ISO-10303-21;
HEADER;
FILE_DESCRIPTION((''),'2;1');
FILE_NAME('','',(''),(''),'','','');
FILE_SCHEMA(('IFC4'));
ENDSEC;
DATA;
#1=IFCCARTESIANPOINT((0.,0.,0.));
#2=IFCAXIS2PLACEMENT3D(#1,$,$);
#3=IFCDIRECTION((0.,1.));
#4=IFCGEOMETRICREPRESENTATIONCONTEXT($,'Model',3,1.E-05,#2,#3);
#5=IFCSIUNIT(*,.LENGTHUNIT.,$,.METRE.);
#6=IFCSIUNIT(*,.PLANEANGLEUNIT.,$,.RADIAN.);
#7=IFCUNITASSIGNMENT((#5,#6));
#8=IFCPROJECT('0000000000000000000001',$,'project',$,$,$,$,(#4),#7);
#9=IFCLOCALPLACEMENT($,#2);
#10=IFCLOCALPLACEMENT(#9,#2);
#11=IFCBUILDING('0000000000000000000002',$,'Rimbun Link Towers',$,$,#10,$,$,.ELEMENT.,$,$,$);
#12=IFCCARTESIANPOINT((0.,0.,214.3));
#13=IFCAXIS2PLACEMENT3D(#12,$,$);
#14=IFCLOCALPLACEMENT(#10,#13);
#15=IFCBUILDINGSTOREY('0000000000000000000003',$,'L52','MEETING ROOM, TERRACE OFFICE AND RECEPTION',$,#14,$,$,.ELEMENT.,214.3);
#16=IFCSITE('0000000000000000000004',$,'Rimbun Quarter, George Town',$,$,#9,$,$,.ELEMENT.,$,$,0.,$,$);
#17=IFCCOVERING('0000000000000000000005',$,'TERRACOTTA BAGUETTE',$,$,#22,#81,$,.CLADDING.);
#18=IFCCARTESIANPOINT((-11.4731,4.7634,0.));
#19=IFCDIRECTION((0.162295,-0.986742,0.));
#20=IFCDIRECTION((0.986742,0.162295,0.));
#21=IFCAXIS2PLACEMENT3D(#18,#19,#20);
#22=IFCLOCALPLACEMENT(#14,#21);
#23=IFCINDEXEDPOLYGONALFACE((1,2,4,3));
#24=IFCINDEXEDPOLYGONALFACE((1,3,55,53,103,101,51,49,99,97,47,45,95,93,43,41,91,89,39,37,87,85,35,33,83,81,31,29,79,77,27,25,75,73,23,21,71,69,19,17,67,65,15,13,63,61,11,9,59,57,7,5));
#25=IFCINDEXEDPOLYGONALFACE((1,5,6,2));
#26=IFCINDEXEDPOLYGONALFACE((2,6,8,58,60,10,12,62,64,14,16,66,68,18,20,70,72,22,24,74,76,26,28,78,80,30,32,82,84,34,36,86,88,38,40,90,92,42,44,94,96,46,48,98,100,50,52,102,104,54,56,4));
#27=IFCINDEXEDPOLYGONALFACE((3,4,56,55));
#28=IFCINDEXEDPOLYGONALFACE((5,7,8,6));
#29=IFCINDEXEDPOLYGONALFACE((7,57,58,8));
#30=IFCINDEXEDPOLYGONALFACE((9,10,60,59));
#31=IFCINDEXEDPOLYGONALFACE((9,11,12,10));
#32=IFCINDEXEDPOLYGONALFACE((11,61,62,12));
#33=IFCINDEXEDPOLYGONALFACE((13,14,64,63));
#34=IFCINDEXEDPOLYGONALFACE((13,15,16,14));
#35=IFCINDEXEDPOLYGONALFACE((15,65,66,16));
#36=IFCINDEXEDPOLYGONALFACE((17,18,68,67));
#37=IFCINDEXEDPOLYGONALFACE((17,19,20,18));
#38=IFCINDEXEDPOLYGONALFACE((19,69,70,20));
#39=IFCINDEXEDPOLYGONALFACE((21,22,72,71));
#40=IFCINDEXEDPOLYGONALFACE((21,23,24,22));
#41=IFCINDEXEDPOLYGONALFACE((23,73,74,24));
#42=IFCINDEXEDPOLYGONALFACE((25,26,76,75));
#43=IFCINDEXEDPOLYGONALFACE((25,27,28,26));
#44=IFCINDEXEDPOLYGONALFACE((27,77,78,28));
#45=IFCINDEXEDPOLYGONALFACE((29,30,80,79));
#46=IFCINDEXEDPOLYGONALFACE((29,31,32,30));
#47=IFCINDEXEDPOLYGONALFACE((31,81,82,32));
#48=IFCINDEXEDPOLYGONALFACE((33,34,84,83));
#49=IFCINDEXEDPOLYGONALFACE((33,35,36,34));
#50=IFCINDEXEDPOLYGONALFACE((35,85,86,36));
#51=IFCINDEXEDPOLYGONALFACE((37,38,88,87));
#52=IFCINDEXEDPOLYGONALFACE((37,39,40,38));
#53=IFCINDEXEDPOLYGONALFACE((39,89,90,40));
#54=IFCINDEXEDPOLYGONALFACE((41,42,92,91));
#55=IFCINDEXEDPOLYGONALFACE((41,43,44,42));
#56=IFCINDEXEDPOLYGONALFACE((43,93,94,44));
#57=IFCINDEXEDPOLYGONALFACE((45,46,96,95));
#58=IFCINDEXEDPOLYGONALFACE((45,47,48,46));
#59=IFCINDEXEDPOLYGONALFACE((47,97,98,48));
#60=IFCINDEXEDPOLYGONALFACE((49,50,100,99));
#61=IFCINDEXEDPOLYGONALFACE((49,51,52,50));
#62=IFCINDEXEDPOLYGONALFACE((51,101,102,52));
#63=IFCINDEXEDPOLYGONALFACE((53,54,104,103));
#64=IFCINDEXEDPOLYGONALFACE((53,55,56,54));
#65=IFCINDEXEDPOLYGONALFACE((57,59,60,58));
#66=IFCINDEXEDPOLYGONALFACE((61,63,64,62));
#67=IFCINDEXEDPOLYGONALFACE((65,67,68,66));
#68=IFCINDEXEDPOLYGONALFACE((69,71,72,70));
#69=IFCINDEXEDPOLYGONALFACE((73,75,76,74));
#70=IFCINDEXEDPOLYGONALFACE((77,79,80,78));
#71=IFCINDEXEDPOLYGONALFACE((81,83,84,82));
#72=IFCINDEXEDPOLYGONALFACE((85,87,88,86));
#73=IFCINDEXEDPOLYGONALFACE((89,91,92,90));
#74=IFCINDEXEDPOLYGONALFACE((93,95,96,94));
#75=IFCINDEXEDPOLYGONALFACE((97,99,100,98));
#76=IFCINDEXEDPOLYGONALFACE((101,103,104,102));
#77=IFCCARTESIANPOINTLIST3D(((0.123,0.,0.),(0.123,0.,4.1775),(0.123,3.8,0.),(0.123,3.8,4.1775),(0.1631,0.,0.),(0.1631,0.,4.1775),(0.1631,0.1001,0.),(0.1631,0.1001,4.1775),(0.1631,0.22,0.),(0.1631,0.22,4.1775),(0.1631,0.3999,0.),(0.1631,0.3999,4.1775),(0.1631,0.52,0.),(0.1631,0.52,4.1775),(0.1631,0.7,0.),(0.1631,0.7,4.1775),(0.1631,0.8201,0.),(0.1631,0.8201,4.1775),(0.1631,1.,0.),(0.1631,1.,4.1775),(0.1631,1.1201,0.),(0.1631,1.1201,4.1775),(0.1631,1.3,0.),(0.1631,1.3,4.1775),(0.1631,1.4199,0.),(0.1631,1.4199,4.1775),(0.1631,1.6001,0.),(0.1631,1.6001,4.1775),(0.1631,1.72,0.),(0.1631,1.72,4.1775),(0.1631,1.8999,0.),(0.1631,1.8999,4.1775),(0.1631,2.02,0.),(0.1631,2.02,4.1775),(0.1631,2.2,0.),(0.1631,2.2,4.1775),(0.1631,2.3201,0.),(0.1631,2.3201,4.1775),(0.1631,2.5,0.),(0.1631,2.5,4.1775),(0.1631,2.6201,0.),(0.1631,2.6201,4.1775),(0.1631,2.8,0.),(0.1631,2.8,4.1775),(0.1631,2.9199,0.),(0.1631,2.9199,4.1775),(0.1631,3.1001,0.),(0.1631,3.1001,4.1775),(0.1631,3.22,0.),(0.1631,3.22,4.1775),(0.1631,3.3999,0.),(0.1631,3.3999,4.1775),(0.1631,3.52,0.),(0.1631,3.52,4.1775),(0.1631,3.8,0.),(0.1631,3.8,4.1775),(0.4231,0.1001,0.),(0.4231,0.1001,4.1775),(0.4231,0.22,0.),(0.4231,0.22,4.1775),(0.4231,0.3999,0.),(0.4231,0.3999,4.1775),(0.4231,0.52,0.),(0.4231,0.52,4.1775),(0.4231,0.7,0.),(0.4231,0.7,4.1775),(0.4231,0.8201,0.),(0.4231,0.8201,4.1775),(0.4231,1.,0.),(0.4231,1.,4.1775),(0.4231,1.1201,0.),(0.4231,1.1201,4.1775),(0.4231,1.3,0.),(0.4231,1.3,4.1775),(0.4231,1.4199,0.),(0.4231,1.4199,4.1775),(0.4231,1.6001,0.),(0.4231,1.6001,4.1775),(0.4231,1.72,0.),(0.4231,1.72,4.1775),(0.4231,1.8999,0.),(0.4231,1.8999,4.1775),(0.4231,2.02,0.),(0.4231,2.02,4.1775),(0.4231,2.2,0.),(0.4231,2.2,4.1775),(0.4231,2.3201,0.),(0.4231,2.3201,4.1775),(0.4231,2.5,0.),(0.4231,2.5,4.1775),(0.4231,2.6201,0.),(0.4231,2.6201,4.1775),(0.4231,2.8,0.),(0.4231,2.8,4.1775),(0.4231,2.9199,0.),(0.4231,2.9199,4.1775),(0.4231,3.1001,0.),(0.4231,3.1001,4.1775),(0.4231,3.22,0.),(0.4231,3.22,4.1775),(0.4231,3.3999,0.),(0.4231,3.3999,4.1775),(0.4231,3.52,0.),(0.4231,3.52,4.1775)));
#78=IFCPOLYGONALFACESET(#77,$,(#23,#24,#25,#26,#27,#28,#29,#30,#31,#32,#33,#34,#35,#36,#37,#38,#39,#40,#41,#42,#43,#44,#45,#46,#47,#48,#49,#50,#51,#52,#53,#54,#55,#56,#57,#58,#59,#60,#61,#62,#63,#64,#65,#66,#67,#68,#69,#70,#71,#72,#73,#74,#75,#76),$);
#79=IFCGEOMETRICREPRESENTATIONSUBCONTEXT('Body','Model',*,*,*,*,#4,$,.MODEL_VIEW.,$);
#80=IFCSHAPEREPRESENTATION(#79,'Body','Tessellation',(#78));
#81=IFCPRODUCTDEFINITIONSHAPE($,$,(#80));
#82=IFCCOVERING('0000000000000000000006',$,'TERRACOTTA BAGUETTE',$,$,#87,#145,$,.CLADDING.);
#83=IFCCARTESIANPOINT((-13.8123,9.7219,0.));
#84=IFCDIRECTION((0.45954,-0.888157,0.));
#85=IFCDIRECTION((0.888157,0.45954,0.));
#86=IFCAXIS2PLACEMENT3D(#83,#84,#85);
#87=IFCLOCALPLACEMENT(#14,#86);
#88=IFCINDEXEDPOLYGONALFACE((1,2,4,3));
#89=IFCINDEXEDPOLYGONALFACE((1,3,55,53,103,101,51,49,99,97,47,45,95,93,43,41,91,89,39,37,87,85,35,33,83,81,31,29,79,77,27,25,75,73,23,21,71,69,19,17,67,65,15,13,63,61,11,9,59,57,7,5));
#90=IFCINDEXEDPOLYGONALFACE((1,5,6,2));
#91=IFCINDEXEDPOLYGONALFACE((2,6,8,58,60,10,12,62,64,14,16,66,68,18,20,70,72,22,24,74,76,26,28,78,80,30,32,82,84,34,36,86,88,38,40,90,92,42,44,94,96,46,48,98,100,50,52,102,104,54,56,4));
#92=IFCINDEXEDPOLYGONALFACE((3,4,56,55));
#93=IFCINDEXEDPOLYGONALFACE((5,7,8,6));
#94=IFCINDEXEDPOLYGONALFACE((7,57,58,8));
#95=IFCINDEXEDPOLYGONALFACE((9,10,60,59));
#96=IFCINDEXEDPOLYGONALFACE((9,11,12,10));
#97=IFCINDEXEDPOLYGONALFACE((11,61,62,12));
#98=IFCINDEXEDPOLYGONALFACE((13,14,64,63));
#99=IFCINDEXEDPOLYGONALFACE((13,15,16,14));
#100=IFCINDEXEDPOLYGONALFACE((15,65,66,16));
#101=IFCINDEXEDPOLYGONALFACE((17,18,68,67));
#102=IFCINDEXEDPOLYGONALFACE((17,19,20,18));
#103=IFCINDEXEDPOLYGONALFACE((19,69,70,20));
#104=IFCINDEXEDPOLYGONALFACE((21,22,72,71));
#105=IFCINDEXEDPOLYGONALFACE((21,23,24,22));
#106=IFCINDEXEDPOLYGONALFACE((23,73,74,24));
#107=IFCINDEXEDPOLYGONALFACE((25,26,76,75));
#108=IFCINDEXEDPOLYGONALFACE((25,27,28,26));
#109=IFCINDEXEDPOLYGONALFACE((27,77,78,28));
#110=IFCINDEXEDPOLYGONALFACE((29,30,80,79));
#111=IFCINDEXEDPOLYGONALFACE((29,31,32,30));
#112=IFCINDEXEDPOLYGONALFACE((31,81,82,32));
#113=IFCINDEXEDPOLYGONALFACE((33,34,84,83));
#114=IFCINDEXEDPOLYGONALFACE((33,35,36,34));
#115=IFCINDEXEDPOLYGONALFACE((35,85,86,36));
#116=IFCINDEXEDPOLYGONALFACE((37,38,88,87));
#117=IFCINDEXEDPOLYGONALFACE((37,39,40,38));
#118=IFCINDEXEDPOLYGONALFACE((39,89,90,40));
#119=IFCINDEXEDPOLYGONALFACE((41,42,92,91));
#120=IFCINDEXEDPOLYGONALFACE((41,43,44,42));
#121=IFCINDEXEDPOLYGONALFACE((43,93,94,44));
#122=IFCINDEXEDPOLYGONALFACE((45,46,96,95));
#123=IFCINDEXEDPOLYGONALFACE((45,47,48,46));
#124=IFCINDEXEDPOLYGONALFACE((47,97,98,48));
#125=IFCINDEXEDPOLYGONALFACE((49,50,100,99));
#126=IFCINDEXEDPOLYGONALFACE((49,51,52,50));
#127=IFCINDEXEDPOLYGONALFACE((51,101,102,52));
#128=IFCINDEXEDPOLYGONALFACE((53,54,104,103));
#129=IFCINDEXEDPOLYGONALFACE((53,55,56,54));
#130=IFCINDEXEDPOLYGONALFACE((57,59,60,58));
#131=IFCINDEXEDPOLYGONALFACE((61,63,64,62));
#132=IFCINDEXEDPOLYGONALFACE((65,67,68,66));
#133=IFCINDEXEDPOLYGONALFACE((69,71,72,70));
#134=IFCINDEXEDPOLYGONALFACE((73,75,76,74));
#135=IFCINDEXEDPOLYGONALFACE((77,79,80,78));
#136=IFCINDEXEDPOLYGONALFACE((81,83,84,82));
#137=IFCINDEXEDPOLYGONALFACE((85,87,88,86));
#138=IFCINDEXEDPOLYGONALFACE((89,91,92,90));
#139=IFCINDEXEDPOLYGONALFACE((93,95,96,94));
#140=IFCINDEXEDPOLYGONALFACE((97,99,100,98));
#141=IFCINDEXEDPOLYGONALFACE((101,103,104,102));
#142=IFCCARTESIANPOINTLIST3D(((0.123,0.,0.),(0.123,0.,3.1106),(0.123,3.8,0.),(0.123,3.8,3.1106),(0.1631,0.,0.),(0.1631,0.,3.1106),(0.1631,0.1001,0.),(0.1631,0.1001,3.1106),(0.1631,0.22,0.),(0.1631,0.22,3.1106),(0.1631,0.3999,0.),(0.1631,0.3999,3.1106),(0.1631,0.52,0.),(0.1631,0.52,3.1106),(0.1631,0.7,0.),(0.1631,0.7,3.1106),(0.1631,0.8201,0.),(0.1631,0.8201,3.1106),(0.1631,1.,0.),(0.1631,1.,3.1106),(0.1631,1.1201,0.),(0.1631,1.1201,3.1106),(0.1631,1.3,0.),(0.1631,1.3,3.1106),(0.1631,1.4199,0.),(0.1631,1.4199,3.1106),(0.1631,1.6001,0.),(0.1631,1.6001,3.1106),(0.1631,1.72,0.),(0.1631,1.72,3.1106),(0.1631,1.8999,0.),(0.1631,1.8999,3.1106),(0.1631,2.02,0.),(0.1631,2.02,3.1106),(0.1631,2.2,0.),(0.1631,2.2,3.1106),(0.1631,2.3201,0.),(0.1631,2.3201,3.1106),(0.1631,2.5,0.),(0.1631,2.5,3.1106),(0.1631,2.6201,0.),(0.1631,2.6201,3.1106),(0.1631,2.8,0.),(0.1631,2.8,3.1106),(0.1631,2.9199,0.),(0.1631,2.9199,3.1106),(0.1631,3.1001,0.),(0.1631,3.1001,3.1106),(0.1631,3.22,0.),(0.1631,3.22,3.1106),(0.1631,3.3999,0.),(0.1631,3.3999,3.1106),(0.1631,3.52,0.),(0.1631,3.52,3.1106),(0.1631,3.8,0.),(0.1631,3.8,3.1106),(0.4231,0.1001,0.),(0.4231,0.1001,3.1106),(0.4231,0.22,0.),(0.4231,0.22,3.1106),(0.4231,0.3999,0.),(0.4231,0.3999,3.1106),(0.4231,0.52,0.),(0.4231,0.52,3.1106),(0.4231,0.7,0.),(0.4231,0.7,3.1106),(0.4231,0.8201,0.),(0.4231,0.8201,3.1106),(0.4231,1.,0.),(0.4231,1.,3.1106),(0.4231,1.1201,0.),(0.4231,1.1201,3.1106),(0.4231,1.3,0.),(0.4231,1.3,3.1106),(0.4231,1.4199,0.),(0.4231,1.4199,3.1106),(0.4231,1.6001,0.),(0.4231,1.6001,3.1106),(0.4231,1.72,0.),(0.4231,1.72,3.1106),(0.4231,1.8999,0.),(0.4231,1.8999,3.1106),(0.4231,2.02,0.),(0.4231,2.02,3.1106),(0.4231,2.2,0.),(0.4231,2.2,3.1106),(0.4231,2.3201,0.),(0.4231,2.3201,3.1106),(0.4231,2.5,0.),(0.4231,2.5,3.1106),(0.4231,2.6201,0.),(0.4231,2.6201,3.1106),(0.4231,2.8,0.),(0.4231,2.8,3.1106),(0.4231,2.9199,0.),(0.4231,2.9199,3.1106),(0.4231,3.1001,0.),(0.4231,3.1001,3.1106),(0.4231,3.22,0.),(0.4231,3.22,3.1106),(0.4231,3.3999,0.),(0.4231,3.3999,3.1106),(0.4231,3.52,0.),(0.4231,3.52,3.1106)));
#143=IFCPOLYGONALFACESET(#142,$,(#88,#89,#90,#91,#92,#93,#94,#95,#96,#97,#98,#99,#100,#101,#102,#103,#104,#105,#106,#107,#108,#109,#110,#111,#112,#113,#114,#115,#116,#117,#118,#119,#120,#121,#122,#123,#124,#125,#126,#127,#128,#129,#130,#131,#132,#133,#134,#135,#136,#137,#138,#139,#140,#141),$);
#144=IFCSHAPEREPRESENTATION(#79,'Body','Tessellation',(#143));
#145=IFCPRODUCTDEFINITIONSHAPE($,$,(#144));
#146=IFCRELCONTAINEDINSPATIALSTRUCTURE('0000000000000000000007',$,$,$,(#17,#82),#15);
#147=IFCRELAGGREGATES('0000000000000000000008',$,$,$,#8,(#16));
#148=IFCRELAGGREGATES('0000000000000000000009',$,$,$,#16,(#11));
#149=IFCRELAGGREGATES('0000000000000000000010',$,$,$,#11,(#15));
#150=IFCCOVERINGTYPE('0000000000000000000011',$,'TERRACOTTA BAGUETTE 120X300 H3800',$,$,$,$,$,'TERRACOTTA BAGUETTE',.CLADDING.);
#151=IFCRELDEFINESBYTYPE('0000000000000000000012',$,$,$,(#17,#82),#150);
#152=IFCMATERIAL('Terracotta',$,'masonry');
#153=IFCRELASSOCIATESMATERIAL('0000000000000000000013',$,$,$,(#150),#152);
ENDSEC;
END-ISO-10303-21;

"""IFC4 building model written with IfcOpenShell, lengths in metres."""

from ifc_helpers import new_model, si_unit, direction, frame, origin, place, context, subcontext, project, spatial, polyline, outline, extrude, material, material_profile, profile_set, type_object, element, save


model = new_model("IFC4")

# Units and contexts
model_context = context("Model", 3, precision=1e-05, world=origin(), true_north=direction((0.0, 1.0)))
body_context = subcontext(model_context, "Body", "Model", "MODEL_VIEW")
ifc_project = project(units=[si_unit("LENGTHUNIT", "METRE"), si_unit("PLANEANGLEUNIT", "RADIAN")], contexts=[model_context])

# Site, building, storey
site_placement = place(None, origin())
site = spatial("IfcSite", under=ifc_project, at=site_placement, Name="Rimbun Quarter, George Town", CompositionType="ELEMENT", RefElevation=0.0)
building_placement = place(site_placement, origin())
building = spatial("IfcBuilding", under=site, at=building_placement, Name="Rimbun Link Towers", CompositionType="ELEMENT")
storey_placement = place(building_placement, frame((0.0, 0.0, 214.3)))
storey = spatial("IfcBuildingStorey", under=building, at=storey_placement, Name="L52", Description="MEETING ROOM, TERRACE OFFICE AND RECEPTION", CompositionType="ELEMENT", Elevation=214.3)

# Coverings
ifc_material_1 = material(Name="Terracotta", Category="masonry")
ifc_material_profile_1 = material_profile(ifc_material_1, outline(polyline([(0.123, 0.0), (0.1631, 0.0), (0.1631, 0.1001), (0.4231, 0.1001), (0.4231, 0.22), (0.1631, 0.22), (0.1631, 0.3999), (0.4231, 0.3999), (0.4231, 0.52), (0.1631, 0.52), (0.1631, 0.7), (0.4231, 0.7), (0.4231, 0.8201), (0.1631, 0.8201), (0.1631, 1.0), (0.4231, 1.0), (0.4231, 1.1201), (0.1631, 1.1201), (0.1631, 1.3), (0.4231, 1.3), (0.4231, 1.4199), (0.1631, 1.4199), (0.1631, 1.6001), (0.4231, 1.6001), (0.4231, 1.72), (0.1631, 1.72), (0.1631, 1.8999), (0.4231, 1.8999), (0.4231, 2.02), (0.1631, 2.02), (0.1631, 2.2), (0.4231, 2.2), (0.4231, 2.3201), (0.1631, 2.3201), (0.1631, 2.5), (0.4231, 2.5), (0.4231, 2.6201), (0.1631, 2.6201), (0.1631, 2.8), (0.4231, 2.8), (0.4231, 2.9199), (0.1631, 2.9199), (0.1631, 3.1001), (0.4231, 3.1001), (0.4231, 3.22), (0.1631, 3.22), (0.1631, 3.3999), (0.4231, 3.3999), (0.4231, 3.52), (0.1631, 3.52), (0.1631, 3.8), (0.123, 3.8), (0.123, 0.0)])), Name="BAGUETTE 120X300")
ifc_profile_set_1 = profile_set([ifc_material_profile_1], Name="Terracotta")
covering_type_1 = type_object("IfcCoveringType", Name="TERRACOTTA BAGUETTE 120X300 H3800", ElementType="TERRACOTTA BAGUETTE", PredefinedType="CLADDING", material=ifc_profile_set_1)
covering_1_placement = place(storey_placement, frame((-11.4731, 4.7634, 0.0), z_axis=(0.162295, -0.986742, 0.0), x_axis=(0.986742, 0.162295, 0.0)))
element("IfcCovering", 1, at=covering_1_placement, inside=storey, type_object=covering_type_1, Name="TERRACOTTA BAGUETTE", PredefinedType="CLADDING", context=body_context, shape_type="SweptSolid", body=[
    extrude(outline(polyline([(0.123, 0.0), (0.1631, 0.0), (0.1631, 0.1001), (0.4231, 0.1001), (0.4231, 0.22), (0.1631, 0.22), (0.1631, 0.3999), (0.4231, 0.3999), (0.4231, 0.52), (0.1631, 0.52), (0.1631, 0.7), (0.4231, 0.7), (0.4231, 0.8201), (0.1631, 0.8201), (0.1631, 1.0), (0.4231, 1.0), (0.4231, 1.1201), (0.1631, 1.1201), (0.1631, 1.3), (0.4231, 1.3), (0.4231, 1.4199), (0.1631, 1.4199), (0.1631, 1.6001), (0.4231, 1.6001), (0.4231, 1.72), (0.1631, 1.72), (0.1631, 1.8999), (0.4231, 1.8999), (0.4231, 2.02), (0.1631, 2.02), (0.1631, 2.2), (0.4231, 2.2), (0.4231, 2.3201), (0.1631, 2.3201), (0.1631, 2.5), (0.4231, 2.5), (0.4231, 2.6201), (0.1631, 2.6201), (0.1631, 2.8), (0.4231, 2.8), (0.4231, 2.9199), (0.1631, 2.9199), (0.1631, 3.1001), (0.4231, 3.1001), (0.4231, 3.22), (0.1631, 3.22), (0.1631, 3.3999), (0.4231, 3.3999), (0.4231, 3.52), (0.1631, 3.52), (0.1631, 3.8), (0.123, 3.8), (0.123, 0.0)])), origin(), (0.0, 0.0, 1.0), 4.1775),
])
covering_2_placement = place(storey_placement, frame((-13.8123, 9.7219, 0.0), z_axis=(0.45954, -0.888157, 0.0), x_axis=(0.888157, 0.45954, 0.0)))
element("IfcCovering", 2, at=covering_2_placement, inside=storey, type_object=covering_type_1, Name="TERRACOTTA BAGUETTE", PredefinedType="CLADDING", context=body_context, shape_type="SweptSolid", body=[
    extrude(outline(polyline([(0.123, 0.0), (0.1631, 0.0), (0.1631, 0.1001), (0.4231, 0.1001), (0.4231, 0.22), (0.1631, 0.22), (0.1631, 0.3999), (0.4231, 0.3999), (0.4231, 0.52), (0.1631, 0.52), (0.1631, 0.7), (0.4231, 0.7), (0.4231, 0.8201), (0.1631, 0.8201), (0.1631, 1.0), (0.4231, 1.0), (0.4231, 1.1201), (0.1631, 1.1201), (0.1631, 1.3), (0.4231, 1.3), (0.4231, 1.4199), (0.1631, 1.4199), (0.1631, 1.6001), (0.4231, 1.6001), (0.4231, 1.72), (0.1631, 1.72), (0.1631, 1.8999), (0.4231, 1.8999), (0.4231, 2.02), (0.1631, 2.02), (0.1631, 2.2), (0.4231, 2.2), (0.4231, 2.3201), (0.1631, 2.3201), (0.1631, 2.5), (0.4231, 2.5), (0.4231, 2.6201), (0.1631, 2.6201), (0.1631, 2.8), (0.4231, 2.8), (0.4231, 2.9199), (0.1631, 2.9199), (0.1631, 3.1001), (0.4231, 3.1001), (0.4231, 3.22), (0.1631, 3.22), (0.1631, 3.3999), (0.4231, 3.3999), (0.4231, 3.52), (0.1631, 3.52), (0.1631, 3.8), (0.123, 3.8), (0.123, 0.0)])), origin(), (0.0, 0.0, 1.0), 3.1106),
])

save(model, "model.ifc")
